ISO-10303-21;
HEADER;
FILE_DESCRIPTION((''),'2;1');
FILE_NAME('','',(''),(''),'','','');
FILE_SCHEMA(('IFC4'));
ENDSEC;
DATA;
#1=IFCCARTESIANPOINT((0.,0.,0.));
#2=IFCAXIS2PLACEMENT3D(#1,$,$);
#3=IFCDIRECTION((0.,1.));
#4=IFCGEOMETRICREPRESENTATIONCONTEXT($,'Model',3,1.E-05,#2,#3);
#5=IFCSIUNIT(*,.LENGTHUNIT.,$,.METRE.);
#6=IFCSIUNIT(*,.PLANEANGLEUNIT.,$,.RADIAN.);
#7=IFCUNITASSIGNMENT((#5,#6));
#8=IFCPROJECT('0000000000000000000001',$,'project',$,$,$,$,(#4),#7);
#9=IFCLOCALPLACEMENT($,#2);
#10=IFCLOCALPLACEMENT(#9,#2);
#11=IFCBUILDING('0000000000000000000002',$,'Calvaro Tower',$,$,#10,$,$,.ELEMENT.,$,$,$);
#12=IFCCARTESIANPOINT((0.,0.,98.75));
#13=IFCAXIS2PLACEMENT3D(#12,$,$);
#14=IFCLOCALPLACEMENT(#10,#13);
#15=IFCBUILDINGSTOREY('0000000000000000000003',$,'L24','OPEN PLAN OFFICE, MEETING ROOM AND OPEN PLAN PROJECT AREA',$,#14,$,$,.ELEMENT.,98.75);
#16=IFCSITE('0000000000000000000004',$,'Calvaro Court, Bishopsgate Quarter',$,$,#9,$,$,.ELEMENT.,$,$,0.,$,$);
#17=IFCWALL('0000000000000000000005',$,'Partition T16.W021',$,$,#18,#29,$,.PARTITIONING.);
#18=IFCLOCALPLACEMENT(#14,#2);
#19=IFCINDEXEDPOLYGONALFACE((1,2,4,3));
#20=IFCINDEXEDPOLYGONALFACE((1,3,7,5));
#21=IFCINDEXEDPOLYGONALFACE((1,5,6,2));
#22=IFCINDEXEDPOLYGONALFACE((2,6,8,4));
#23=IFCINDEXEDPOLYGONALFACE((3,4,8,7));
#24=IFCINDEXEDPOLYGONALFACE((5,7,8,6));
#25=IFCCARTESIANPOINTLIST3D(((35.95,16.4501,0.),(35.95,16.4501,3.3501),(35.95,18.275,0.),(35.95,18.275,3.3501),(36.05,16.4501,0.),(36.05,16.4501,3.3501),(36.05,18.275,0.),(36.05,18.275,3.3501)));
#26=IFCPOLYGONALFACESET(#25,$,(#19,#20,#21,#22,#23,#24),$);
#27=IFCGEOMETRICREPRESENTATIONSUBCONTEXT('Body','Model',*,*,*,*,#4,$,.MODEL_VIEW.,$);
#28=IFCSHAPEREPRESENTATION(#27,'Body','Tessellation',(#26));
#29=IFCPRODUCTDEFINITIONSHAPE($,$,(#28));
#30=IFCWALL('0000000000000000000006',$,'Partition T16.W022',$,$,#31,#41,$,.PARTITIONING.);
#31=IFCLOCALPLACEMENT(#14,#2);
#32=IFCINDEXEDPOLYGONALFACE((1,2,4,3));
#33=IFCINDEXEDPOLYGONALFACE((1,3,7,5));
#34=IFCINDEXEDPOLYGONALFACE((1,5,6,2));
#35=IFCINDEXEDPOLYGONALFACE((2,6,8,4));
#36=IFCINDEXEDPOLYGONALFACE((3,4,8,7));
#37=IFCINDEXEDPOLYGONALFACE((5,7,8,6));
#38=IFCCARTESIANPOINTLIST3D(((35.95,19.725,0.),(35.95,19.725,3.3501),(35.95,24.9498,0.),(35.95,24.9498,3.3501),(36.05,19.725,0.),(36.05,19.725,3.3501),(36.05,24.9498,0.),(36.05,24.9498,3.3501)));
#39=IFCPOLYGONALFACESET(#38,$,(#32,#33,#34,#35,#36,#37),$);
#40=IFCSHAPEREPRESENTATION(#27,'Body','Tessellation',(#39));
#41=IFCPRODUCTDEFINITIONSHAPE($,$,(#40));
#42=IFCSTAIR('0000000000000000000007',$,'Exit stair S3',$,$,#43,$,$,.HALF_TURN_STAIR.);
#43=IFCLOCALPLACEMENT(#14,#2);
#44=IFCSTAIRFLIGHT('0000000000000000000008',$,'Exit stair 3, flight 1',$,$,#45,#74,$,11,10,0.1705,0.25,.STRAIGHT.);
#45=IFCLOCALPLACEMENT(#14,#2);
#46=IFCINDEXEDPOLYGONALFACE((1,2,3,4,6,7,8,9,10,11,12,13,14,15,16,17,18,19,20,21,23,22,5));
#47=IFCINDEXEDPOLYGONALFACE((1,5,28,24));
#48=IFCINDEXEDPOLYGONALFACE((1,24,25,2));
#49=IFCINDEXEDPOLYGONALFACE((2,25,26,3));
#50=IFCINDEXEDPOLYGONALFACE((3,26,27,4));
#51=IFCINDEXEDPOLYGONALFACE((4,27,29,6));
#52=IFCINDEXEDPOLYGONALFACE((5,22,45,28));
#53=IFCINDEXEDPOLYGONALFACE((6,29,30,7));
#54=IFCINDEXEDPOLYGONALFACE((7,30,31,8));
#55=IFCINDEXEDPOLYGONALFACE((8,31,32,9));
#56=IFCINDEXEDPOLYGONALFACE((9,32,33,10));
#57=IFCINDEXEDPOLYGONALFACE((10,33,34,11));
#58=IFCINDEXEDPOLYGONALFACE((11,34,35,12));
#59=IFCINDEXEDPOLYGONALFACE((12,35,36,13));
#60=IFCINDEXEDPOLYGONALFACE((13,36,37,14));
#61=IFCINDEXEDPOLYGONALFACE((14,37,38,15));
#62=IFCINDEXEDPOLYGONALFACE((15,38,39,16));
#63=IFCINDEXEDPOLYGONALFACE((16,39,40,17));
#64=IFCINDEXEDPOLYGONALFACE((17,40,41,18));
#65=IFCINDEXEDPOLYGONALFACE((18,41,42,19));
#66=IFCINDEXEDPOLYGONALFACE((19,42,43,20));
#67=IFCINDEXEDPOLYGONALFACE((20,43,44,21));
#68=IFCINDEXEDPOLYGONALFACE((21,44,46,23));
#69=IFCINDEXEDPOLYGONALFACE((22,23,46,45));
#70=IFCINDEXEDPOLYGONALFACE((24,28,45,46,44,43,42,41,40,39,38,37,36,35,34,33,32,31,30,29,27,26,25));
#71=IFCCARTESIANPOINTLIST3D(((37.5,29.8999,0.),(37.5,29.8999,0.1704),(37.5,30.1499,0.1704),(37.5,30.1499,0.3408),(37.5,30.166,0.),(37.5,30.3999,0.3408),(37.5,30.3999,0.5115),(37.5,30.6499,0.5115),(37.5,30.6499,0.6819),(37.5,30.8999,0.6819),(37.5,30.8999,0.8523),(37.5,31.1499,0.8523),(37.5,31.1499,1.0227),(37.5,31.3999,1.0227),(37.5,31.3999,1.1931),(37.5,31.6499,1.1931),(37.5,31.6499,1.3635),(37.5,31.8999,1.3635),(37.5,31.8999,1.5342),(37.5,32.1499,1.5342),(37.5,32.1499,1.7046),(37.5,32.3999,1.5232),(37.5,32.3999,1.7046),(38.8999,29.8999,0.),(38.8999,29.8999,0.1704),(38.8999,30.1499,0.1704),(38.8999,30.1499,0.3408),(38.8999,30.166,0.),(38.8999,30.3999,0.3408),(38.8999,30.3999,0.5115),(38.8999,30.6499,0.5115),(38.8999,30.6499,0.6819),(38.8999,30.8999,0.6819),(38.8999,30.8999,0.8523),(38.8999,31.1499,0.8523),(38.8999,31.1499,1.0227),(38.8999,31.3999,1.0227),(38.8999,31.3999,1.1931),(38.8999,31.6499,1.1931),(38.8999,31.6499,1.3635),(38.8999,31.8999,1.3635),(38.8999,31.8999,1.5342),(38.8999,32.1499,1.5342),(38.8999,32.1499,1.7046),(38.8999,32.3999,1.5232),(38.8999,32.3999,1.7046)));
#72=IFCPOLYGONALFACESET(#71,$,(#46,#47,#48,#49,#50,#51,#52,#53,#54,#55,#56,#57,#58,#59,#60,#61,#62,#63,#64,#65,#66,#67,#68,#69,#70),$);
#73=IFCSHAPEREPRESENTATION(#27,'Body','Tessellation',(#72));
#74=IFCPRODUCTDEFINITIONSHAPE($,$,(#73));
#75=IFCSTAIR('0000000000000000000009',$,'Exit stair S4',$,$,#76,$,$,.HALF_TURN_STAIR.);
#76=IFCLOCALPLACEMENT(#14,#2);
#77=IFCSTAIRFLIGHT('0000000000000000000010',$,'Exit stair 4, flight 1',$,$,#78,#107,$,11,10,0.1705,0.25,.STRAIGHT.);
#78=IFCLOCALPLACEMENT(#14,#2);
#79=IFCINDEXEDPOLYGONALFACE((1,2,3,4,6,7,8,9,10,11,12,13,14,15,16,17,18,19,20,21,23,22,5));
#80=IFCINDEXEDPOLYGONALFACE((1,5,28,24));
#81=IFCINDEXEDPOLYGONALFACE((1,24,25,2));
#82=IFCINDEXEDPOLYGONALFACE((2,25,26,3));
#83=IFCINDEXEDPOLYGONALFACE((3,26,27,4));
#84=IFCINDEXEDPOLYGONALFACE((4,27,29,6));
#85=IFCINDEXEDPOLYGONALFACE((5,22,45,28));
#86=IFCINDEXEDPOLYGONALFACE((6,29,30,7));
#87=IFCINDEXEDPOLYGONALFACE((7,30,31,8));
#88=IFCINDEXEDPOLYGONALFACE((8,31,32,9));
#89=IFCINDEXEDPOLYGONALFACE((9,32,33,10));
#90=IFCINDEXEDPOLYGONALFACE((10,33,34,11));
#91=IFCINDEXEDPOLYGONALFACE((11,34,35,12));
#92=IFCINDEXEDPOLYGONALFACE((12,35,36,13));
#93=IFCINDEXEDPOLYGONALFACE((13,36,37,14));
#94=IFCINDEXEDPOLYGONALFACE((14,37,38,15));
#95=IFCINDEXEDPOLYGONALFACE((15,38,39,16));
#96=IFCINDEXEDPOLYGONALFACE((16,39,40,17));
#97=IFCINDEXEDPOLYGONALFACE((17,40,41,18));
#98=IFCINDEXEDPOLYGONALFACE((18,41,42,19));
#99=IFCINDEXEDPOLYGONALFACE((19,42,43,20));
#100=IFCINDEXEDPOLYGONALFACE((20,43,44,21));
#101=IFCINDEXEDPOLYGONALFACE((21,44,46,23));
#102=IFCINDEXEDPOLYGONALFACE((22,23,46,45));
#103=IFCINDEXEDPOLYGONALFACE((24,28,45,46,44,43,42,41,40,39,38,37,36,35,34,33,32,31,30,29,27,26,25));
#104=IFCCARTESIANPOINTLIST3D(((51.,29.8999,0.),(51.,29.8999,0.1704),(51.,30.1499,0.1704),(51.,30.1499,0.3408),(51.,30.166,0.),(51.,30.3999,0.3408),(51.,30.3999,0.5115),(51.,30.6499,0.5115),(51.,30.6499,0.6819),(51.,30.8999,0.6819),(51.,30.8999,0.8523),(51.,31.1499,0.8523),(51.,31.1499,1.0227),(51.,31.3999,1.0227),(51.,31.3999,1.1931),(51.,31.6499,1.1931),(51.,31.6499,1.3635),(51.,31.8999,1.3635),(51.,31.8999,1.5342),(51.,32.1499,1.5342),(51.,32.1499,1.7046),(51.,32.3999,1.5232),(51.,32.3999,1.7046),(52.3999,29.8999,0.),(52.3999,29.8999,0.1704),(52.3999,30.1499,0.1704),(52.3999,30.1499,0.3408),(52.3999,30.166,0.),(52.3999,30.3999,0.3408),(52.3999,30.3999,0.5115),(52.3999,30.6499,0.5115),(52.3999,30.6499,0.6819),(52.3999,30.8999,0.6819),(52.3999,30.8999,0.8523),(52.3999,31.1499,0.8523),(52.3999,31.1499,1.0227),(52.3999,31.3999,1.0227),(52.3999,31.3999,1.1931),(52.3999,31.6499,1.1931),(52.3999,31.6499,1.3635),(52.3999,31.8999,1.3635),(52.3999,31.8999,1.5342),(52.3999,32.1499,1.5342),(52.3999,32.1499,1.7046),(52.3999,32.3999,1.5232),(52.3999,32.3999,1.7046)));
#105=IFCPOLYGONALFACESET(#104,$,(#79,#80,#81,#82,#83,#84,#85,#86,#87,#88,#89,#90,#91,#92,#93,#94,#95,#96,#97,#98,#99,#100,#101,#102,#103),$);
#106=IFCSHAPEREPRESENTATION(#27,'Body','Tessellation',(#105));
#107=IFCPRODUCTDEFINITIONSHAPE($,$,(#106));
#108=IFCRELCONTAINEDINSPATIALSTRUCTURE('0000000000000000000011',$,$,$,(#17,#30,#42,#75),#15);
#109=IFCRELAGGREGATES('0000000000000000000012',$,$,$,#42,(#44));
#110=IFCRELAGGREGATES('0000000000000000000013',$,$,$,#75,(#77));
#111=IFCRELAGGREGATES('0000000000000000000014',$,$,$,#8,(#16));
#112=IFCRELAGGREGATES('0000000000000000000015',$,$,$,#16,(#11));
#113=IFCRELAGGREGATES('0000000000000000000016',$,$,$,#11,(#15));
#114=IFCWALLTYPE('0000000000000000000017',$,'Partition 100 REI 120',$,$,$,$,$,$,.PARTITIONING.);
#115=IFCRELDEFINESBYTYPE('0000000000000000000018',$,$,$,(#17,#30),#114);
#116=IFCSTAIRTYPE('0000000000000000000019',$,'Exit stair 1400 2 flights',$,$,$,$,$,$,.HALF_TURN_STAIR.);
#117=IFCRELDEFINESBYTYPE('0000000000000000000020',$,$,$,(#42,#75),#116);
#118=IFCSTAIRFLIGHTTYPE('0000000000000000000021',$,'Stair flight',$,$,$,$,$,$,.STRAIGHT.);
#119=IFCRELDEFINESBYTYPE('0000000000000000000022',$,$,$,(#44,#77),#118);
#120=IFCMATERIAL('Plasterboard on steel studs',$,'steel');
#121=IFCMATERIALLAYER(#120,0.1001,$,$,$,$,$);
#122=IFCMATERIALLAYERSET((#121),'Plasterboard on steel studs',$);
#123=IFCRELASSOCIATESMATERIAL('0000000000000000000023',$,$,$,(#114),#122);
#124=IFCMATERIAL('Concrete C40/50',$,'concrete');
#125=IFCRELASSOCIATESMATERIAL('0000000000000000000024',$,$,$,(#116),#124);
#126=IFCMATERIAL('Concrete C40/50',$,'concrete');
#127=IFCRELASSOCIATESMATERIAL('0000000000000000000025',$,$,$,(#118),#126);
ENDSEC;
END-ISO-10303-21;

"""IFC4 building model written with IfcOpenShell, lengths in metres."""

from ifc_helpers import new_model, si_unit, direction, frame, frame_2d, origin, place, context, subcontext, project, spatial, polyline, rectangle, outline, extrude, material, layer, layer_set, type_object, element, aggregate, save


model = new_model("IFC4")

# Units and contexts
model_context = context("Model", 3, precision=1e-05, world=origin(), true_north=direction((0.0, 1.0)))
body_context = subcontext(model_context, "Body", "Model", "MODEL_VIEW")
ifc_project = project(units=[si_unit("LENGTHUNIT", "METRE"), si_unit("PLANEANGLEUNIT", "RADIAN")], contexts=[model_context])

# Site, building, storey
site_placement = place(None, origin())
site = spatial("IfcSite", under=ifc_project, at=site_placement, Name="Calvaro Court, Bishopsgate Quarter", CompositionType="ELEMENT", RefElevation=0.0)
building_placement = place(site_placement, origin())
building = spatial("IfcBuilding", under=site, at=building_placement, Name="Calvaro Tower", CompositionType="ELEMENT")
storey_placement = place(building_placement, frame((0.0, 0.0, 98.75)))
storey = spatial("IfcBuildingStorey", under=building, at=storey_placement, Name="L24", Description="OPEN PLAN OFFICE, MEETING ROOM AND OPEN PLAN PROJECT AREA", CompositionType="ELEMENT", Elevation=98.75)

# Walls
ifc_material_1 = material(Name="Plasterboard on steel studs", Category="steel")
ifc_layer_1 = layer(ifc_material_1, 0.1001)
ifc_layer_set_1 = layer_set([ifc_layer_1], Name="Plasterboard on steel studs")
wall_type_1 = type_object("IfcWallType", Name="Partition 100 REI 120", PredefinedType="PARTITIONING", material=ifc_layer_set_1)
wall_1_placement = place(storey_placement, frame((36.0, 16.45, 0.0), z_axis=(0.0, 0.0, 1.0), x_axis=(0.0, 1.0, 0.0)))
element("IfcWall", 1, at=wall_1_placement, inside=storey, type_object=wall_type_1, Name="Partition T16.W021", PredefinedType="PARTITIONING", context=body_context, shape_type="SweptSolid", body=[
    extrude(rectangle(XDim=1.825, YDim=0.1001, at=frame_2d((0.9126, 0.0))), origin(), (0.0, 0.0, 1.0), 3.3501),
])
wall_2_placement = place(storey_placement, frame((36.0, 19.7251, 0.0), z_axis=(0.0, 0.0, 1.0), x_axis=(0.0, 1.0, 0.0)))
element("IfcWall", 2, at=wall_2_placement, inside=storey, type_object=wall_type_1, Name="Partition T16.W022", PredefinedType="PARTITIONING", context=body_context, shape_type="SweptSolid", body=[
    extrude(rectangle(XDim=5.2249, YDim=0.1001, at=frame_2d((2.6123, 0.0))), origin(), (0.0, 0.0, 1.0), 3.3501),
])

# Stairs, stair flights
ifc_material_2 = material(Name="Concrete C40/50", Category="concrete")
stair_type = type_object("IfcStairType", Name="Exit stair 1400 2 flights", PredefinedType="HALF_TURN_STAIR", material=ifc_material_2)
stair_1_placement = place(storey_placement, origin())
stair_1 = element("IfcStair", 3, at=stair_1_placement, inside=storey, type_object=stair_type, Name="Exit stair S3", PredefinedType="HALF_TURN_STAIR")
ifc_material_3 = material(Name="Concrete C40/50", Category="concrete")
stair_flight_type = type_object("IfcStairFlightType", Name="Stair flight", PredefinedType="STRAIGHT", material=ifc_material_3)
stair_flight_1_placement = place(storey_placement, frame((38.2, 29.8999, 0.0), z_axis=(0.0, 0.0, 1.0), x_axis=(0.0, 1.0, 0.0)))
stair_flight_1 = element("IfcStairFlight", 4, at=stair_flight_1_placement, type_object=stair_flight_type, Name="Exit stair 3, flight 1", NumberOfRisers=11, NumberOfTreads=10, PredefinedType="STRAIGHT", RiserHeight=0.1705, TreadLength=0.25, context=body_context, shape_type="SweptSolid", body=[
    extrude(outline(polyline([(0.0, 0.0), (0.0, 0.1704), (0.25, 0.1704), (0.25, 0.3408), (0.5, 0.3408), (0.5, 0.5115), (0.75, 0.5115), (0.75, 0.6819), (1.0, 0.6819), (1.0, 0.8523), (1.25, 0.8523), (1.25, 1.0227), (1.5, 1.0227), (1.5, 1.1931), (1.75, 1.1931), (1.75, 1.3635), (2.0, 1.3635), (2.0, 1.5342), (2.25, 1.5342), (2.25, 1.7046), (2.5, 1.7046), (2.5, 1.875), (2.5, 1.5232), (0.2661, 0.0), (0.0, 0.0)])), frame((0.0, 0.7, 0.0), z_axis=(0.0, -1.0, 0.0), x_axis=(1.0, 0.0, 0.0)), (0.0, 0.0, 1.0), 1.3999),
])
stair_2_placement = place(storey_placement, origin())
stair_2 = element("IfcStair", 5, at=stair_2_placement, inside=storey, type_object=stair_type, Name="Exit stair S4", PredefinedType="HALF_TURN_STAIR")
stair_flight_2_placement = place(storey_placement, frame((51.7, 29.8999, 0.0), z_axis=(0.0, 0.0, 1.0), x_axis=(0.0, 1.0, 0.0)))
stair_flight_2 = element("IfcStairFlight", 6, at=stair_flight_2_placement, type_object=stair_flight_type, Name="Exit stair 4, flight 1", NumberOfRisers=11, NumberOfTreads=10, PredefinedType="STRAIGHT", RiserHeight=0.1705, TreadLength=0.25, context=body_context, shape_type="SweptSolid", body=[
    extrude(outline(polyline([(0.0, 0.0), (0.0, 0.1704), (0.25, 0.1704), (0.25, 0.3408), (0.5, 0.3408), (0.5, 0.5115), (0.75, 0.5115), (0.75, 0.6819), (1.0, 0.6819), (1.0, 0.8523), (1.25, 0.8523), (1.25, 1.0227), (1.5, 1.0227), (1.5, 1.1931), (1.75, 1.1931), (1.75, 1.3635), (2.0, 1.3635), (2.0, 1.5342), (2.25, 1.5342), (2.25, 1.7046), (2.5, 1.7046), (2.5, 1.875), (2.5, 1.5232), (0.2661, 0.0), (0.0, 0.0)])), frame((0.0, 0.7, 0.0), z_axis=(0.0, -1.0, 0.0), x_axis=(1.0, 0.0, 0.0)), (0.0, 0.0, 1.0), 1.3999),
])

aggregate(stair_1, [stair_flight_1])
aggregate(stair_2, [stair_flight_2])

save(model, "model.ifc")
